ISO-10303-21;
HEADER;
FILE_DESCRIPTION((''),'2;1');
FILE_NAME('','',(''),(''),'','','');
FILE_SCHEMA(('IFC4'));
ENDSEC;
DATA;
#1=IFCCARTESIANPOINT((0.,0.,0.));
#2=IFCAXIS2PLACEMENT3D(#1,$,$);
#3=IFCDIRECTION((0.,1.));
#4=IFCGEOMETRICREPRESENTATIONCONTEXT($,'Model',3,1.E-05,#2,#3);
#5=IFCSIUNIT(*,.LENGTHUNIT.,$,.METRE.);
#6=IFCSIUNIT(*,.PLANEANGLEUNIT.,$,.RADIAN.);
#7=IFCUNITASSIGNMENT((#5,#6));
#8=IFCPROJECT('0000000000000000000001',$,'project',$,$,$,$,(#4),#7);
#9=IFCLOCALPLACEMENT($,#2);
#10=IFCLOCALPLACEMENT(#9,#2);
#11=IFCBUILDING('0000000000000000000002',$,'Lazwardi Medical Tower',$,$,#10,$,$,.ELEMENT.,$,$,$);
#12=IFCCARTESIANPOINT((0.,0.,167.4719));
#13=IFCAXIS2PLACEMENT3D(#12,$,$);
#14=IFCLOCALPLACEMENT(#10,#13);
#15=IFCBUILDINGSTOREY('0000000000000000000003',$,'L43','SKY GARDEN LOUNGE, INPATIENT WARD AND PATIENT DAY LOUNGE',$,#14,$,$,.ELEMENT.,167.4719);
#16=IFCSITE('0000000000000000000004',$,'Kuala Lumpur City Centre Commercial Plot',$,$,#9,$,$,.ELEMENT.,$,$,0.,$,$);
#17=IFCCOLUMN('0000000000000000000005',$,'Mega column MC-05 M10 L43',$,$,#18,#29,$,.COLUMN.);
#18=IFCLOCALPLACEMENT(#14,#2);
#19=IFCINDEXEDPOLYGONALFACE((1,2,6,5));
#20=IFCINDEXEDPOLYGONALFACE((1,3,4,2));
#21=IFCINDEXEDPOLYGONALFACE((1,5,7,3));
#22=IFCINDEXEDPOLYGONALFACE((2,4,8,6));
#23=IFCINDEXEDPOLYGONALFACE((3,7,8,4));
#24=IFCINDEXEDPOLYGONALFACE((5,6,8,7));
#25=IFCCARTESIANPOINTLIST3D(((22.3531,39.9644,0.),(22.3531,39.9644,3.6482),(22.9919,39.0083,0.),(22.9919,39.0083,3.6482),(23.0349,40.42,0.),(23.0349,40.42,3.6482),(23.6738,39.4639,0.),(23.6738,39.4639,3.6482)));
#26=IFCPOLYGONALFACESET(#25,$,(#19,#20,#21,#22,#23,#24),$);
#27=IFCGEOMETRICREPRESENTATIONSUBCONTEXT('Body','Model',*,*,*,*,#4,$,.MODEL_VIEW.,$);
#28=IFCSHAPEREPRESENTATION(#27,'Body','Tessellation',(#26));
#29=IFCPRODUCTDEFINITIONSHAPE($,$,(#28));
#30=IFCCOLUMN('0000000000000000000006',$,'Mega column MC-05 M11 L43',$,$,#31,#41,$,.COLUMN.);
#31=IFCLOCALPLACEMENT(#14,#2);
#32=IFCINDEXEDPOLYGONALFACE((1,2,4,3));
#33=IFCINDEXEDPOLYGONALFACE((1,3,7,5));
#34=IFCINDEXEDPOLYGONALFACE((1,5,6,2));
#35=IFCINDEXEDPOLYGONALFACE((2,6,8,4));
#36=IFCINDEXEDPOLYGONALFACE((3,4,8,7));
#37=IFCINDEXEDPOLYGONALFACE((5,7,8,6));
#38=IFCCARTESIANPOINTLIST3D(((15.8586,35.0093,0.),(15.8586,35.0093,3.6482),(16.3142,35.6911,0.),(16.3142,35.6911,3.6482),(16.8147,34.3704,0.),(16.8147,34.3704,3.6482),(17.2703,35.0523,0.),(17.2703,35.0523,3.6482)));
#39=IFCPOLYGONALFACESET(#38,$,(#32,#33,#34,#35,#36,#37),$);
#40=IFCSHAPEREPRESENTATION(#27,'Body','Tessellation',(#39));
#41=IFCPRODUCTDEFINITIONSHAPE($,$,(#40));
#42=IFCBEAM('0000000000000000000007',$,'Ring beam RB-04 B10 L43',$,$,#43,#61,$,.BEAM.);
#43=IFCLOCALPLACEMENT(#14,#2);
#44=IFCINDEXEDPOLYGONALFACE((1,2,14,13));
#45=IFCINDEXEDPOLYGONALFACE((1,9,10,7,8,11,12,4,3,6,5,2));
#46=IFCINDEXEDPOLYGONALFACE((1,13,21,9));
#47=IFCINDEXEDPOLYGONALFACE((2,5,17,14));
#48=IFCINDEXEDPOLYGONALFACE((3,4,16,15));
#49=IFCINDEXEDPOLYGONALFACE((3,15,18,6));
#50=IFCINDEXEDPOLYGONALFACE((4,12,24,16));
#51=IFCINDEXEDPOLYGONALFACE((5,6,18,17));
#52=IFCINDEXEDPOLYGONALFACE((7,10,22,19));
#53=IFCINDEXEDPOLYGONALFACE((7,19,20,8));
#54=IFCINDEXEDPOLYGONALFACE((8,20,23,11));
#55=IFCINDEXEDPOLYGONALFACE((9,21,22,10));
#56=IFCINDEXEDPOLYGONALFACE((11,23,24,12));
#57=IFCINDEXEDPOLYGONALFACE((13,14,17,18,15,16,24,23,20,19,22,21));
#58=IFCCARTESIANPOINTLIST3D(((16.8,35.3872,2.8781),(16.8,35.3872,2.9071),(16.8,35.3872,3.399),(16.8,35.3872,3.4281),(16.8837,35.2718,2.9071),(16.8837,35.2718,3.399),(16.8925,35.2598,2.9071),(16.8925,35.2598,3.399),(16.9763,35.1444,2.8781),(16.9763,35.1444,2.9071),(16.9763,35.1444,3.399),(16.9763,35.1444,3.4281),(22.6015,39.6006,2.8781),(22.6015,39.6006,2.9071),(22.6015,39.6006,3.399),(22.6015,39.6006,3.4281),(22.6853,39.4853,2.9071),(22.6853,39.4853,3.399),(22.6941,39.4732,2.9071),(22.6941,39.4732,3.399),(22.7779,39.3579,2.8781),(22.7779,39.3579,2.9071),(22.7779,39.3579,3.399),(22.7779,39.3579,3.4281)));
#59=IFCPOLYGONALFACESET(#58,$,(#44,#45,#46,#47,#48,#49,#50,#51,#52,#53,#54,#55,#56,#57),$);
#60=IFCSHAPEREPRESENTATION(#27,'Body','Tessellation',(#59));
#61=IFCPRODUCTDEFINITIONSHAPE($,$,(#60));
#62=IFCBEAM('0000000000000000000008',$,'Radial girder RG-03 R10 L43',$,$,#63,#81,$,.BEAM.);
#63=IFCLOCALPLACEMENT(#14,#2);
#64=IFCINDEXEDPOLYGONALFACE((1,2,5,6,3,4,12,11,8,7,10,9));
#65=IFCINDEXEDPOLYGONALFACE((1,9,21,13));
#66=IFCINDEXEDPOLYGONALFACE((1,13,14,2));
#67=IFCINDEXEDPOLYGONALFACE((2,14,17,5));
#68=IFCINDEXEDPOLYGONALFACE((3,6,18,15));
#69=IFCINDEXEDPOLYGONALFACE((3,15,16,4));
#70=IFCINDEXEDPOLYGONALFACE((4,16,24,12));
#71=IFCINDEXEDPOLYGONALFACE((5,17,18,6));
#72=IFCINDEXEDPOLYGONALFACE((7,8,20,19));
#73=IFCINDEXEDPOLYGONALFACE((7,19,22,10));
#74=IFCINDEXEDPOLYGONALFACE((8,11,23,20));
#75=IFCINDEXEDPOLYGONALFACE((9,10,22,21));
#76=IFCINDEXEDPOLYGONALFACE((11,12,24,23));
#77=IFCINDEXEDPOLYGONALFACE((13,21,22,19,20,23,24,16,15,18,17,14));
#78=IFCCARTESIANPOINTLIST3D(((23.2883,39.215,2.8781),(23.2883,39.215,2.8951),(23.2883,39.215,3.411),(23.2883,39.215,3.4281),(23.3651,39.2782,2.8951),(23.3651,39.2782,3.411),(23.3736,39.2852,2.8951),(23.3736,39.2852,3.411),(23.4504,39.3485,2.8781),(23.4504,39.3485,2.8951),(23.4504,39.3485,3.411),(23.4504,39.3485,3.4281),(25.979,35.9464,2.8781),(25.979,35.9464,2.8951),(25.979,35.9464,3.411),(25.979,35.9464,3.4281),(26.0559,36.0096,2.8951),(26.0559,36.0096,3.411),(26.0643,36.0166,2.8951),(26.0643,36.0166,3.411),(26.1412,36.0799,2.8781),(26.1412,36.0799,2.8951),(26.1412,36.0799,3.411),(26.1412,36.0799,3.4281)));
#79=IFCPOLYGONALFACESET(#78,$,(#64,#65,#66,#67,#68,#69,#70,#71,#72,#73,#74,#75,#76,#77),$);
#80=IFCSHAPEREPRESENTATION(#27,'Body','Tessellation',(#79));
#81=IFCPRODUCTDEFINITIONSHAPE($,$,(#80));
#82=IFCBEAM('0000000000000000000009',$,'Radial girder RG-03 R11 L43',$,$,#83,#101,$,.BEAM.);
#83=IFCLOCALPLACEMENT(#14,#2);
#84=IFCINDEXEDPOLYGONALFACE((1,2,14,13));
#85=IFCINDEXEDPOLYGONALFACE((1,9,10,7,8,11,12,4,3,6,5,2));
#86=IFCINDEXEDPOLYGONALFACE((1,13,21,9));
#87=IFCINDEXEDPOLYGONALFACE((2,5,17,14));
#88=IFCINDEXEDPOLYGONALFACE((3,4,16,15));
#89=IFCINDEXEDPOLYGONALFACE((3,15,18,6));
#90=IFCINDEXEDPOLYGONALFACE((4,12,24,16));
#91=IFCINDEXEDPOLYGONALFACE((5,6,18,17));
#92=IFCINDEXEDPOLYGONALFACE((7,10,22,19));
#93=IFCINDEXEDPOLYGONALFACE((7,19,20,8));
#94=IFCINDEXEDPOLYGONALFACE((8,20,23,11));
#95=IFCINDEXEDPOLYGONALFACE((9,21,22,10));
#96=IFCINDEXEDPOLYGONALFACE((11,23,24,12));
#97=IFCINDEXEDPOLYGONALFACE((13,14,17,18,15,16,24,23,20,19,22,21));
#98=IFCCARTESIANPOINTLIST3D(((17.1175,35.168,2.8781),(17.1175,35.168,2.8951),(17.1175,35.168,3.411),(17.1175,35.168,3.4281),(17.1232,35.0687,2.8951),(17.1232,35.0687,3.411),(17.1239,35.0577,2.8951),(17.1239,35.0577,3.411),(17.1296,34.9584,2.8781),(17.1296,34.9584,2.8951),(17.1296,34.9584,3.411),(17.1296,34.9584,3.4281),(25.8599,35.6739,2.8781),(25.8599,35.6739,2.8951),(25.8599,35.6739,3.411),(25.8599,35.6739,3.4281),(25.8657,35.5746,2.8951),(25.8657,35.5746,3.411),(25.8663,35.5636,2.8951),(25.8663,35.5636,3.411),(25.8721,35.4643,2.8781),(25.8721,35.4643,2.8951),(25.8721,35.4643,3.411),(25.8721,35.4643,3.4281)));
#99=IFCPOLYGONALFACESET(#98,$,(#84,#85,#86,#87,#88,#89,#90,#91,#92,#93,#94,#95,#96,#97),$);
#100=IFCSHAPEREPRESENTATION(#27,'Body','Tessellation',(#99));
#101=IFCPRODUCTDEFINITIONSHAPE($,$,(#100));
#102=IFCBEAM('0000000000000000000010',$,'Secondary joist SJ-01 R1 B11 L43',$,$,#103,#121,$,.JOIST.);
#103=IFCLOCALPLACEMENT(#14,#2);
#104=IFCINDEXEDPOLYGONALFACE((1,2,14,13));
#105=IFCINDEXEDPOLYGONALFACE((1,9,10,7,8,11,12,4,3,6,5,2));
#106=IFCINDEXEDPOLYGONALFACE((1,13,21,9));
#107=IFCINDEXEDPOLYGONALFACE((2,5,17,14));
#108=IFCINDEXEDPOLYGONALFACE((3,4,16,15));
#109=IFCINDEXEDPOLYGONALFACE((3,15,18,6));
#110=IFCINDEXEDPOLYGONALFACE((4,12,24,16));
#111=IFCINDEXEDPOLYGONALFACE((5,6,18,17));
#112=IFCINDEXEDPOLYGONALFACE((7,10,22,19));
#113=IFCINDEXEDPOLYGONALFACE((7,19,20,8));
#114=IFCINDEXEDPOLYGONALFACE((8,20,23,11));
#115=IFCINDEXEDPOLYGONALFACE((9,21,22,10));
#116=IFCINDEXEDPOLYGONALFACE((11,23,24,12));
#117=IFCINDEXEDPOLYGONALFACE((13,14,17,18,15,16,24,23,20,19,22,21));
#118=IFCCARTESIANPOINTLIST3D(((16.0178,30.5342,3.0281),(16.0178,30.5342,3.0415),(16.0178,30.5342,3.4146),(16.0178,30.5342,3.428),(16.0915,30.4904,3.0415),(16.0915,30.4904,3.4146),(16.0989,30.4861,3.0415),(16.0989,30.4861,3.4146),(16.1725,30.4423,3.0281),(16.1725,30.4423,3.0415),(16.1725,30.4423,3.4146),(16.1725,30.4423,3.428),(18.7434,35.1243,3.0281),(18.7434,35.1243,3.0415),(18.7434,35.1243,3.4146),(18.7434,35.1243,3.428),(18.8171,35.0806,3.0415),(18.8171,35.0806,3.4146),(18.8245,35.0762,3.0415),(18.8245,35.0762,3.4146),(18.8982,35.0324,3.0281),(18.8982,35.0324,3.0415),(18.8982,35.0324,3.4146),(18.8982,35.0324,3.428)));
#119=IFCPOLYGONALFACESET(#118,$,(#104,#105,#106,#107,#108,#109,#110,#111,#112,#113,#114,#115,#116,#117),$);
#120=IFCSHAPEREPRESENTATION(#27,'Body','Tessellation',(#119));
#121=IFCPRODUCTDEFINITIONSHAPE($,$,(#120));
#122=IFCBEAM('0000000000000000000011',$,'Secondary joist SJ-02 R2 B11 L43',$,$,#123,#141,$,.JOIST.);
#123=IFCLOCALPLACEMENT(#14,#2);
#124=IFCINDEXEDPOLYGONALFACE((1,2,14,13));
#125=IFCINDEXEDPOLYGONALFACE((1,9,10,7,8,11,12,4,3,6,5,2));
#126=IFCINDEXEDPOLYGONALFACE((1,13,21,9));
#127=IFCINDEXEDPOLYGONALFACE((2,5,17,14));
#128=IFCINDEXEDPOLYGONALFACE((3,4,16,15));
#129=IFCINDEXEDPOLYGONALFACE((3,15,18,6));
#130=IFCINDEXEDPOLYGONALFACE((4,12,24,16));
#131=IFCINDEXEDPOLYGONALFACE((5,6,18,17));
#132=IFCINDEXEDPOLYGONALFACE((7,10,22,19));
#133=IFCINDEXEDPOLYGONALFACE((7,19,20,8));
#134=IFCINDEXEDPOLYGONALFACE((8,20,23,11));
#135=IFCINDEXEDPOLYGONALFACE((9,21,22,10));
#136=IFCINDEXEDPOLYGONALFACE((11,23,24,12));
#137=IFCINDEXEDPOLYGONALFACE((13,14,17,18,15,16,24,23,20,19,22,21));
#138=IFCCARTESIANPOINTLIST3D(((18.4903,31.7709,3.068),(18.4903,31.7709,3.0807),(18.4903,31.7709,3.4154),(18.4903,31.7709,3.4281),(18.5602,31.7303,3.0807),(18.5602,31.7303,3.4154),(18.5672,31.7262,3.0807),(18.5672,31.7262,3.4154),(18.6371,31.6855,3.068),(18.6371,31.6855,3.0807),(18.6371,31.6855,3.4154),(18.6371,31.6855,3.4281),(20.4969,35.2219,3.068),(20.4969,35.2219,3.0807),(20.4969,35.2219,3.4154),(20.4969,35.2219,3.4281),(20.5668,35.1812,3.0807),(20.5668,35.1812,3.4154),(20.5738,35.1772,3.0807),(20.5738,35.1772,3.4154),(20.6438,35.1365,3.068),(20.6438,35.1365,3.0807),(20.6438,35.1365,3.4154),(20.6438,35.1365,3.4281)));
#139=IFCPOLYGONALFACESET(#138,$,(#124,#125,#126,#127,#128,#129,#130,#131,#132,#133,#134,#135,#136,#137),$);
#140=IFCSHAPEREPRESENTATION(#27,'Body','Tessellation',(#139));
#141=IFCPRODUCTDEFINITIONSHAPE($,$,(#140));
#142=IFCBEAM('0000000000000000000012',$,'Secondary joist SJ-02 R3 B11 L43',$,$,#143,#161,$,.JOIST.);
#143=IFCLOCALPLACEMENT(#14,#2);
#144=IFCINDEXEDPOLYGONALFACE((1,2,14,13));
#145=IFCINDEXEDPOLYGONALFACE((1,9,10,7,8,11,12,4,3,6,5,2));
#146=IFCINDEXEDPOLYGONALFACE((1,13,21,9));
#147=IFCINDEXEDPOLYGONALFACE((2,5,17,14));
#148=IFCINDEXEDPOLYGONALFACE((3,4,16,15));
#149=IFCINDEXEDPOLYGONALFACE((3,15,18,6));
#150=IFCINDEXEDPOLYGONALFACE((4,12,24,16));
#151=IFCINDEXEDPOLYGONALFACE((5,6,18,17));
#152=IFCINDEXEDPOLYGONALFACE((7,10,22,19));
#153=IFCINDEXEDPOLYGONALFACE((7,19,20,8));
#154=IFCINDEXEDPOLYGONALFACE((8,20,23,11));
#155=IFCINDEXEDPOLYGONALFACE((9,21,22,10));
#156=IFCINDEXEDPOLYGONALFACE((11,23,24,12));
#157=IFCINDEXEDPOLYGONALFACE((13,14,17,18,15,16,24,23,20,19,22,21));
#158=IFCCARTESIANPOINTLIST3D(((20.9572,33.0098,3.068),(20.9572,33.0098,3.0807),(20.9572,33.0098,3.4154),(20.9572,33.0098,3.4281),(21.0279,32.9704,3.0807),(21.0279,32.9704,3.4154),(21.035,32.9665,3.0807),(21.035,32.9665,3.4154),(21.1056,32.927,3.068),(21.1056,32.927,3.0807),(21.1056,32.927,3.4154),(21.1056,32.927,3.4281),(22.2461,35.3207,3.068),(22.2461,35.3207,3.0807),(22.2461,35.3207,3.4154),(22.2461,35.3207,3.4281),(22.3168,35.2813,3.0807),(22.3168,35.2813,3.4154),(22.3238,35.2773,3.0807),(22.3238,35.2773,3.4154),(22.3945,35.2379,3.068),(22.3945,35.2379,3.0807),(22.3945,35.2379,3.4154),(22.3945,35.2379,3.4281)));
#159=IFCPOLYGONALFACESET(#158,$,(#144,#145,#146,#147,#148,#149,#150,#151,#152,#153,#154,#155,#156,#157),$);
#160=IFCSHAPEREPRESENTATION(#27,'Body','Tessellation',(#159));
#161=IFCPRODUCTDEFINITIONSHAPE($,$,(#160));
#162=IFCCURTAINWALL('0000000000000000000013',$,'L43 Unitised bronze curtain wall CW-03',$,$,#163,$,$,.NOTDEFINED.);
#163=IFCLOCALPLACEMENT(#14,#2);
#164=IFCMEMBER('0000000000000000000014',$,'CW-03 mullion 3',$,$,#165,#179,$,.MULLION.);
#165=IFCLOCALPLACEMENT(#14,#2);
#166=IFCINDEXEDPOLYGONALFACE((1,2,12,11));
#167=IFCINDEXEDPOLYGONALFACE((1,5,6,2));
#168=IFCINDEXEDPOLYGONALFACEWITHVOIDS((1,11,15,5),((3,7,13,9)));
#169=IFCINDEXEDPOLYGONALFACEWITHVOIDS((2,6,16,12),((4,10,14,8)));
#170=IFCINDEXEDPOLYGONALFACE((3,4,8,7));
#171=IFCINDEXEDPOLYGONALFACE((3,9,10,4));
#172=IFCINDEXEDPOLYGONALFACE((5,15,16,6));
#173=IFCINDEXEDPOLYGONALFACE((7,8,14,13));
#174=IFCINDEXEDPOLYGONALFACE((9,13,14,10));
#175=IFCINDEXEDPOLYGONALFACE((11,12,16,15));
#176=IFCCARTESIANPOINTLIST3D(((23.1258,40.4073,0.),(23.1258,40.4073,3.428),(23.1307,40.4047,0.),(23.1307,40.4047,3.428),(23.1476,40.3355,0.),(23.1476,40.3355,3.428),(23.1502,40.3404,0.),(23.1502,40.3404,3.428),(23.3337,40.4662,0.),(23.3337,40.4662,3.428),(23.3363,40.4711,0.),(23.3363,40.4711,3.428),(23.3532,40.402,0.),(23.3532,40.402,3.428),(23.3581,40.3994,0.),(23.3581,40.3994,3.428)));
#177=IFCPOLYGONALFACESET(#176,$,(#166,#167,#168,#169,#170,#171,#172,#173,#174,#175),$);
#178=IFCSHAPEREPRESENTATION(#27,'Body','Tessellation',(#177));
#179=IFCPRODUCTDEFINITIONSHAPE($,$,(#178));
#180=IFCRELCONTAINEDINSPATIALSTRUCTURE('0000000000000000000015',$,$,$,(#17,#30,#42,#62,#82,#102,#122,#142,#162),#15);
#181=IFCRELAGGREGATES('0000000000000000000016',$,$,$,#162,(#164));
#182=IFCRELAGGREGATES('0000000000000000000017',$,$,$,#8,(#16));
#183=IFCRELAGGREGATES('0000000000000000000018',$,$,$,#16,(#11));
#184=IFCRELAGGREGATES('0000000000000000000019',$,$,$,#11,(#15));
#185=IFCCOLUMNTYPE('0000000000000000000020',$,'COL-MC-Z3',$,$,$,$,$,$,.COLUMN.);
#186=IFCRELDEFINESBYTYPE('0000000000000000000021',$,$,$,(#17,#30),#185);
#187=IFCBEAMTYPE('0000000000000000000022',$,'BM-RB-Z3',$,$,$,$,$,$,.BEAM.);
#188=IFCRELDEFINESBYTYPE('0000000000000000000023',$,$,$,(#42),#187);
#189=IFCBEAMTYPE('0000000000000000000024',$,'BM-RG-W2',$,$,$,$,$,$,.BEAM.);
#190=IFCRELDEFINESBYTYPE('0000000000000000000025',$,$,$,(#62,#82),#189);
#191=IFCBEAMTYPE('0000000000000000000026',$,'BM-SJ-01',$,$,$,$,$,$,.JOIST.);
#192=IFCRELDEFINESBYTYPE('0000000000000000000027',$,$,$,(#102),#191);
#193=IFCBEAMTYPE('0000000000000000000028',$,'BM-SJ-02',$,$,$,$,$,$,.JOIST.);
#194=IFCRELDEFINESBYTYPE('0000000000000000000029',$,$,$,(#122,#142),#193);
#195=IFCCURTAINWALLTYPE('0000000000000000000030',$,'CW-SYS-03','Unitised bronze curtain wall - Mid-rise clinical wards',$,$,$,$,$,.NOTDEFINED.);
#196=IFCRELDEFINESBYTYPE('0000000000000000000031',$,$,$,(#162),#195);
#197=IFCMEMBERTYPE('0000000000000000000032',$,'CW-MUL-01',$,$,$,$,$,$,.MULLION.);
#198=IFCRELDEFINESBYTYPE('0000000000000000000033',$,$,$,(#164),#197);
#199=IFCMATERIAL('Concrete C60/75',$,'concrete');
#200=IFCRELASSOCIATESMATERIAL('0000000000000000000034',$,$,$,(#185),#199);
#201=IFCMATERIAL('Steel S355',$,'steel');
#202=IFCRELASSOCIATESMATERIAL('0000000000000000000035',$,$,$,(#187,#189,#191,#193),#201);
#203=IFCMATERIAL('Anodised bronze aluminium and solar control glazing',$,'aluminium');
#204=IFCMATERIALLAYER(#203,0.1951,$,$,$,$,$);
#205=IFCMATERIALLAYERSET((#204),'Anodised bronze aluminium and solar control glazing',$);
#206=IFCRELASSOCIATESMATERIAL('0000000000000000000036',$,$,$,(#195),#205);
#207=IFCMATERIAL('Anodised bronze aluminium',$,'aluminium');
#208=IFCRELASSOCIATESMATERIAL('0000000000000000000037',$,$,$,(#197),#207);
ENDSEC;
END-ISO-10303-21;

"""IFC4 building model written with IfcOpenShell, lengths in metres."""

from ifc_helpers import new_model, si_unit, direction, frame, origin, origin_2d, place, context, subcontext, project, spatial, rectangle, hollow_rectangle, i_section, extrude, material, layer, layer_set, material_profile, profile_set, type_object, element, aggregate, save


model = new_model("IFC4")

# Units and contexts
model_context = context("Model", 3, precision=1e-05, world=origin(), true_north=direction((0.0, 1.0)))
body_context = subcontext(model_context, "Body", "Model", "MODEL_VIEW")
ifc_project = project(units=[si_unit("LENGTHUNIT", "METRE"), si_unit("PLANEANGLEUNIT", "RADIAN")], contexts=[model_context])

# Site, building, storey
site_placement = place(None, origin())
site = spatial("IfcSite", under=ifc_project, at=site_placement, Name="Kuala Lumpur City Centre Commercial Plot", CompositionType="ELEMENT", RefElevation=0.0)
building_placement = place(site_placement, origin())
building = spatial("IfcBuilding", under=site, at=building_placement, Name="Lazwardi Medical Tower", CompositionType="ELEMENT")
storey_placement = place(building_placement, frame((0.0, 0.0, 167.4719)))
storey = spatial("IfcBuildingStorey", under=building, at=storey_placement, Name="L43", Description="SKY GARDEN LOUNGE, INPATIENT WARD AND PATIENT DAY LOUNGE", CompositionType="ELEMENT", Elevation=167.4719)

# Columns
ifc_material_1 = material(Name="Concrete C60/75", Category="concrete")
ifc_material_profile_1 = material_profile(ifc_material_1, rectangle(XDim=1.1499, YDim=0.8201, at=origin_2d()), Name="CFT-RECT 1150x820")
ifc_profile_set_1 = profile_set([ifc_material_profile_1], Name="Concrete C60/75")
column_type = type_object("IfcColumnType", Name="COL-MC-Z3", PredefinedType="COLUMN", material=ifc_profile_set_1)
for number, where, z_axis, x_axis, name in (
    (1, (23.0134, 39.7141, 0.0), (0.0, 0.0, 1.0), (-0.55557, 0.83147, 0.0), "Mega column MC-05 M10 L43"),
    (2, (16.5645, 35.0308, 0.0), (0.0, 0.0, 1.0), (-0.83147, 0.55557, 0.0), "Mega column MC-05 M11 L43"),
):
    element("IfcColumn", number, at=place(storey_placement, frame(where, z_axis=z_axis, x_axis=x_axis)), inside=storey, type_object=column_type, Name=name, PredefinedType="COLUMN", context=body_context, shape_type="SweptSolid", body=[
        extrude(rectangle(XDim=1.1499, YDim=0.8201, at=origin_2d()), origin(), (0.0, 0.0, 1.0), 3.6482),
    ])

# Beams
ifc_material_2 = material(Name="Steel S355", Category="steel")
ifc_material_profile_2 = material_profile(ifc_material_2, i_section(OverallWidth=0.3, OverallDepth=0.55, WebThickness=0.0149, FlangeThickness=0.0291, at=origin_2d()), Name="HEB 550")
ifc_profile_set_2 = profile_set([ifc_material_profile_2], Name="Steel S355")
beam_type_1 = type_object("IfcBeamType", Name="BM-RB-Z3", PredefinedType="BEAM", material=ifc_profile_set_2)
beam_1_placement = place(storey_placement, frame((22.6897, 39.4792, 3.1531), z_axis=(-0.809128, -0.587633, 0.0), x_axis=(0.587633, -0.809128, 0.0)))
element("IfcBeam", 3, at=beam_1_placement, inside=storey, type_object=beam_type_1, Name="Ring beam RB-04 B10 L43", PredefinedType="BEAM", context=body_context, shape_type="SweptSolid", body=[
    extrude(i_section(OverallWidth=0.3, OverallDepth=0.55, WebThickness=0.0149, FlangeThickness=0.0291, at=origin_2d()), origin(), (0.0, 0.0, 1.0), 7.1702),
])
ifc_material_profile_3 = material_profile(ifc_material_2, i_section(OverallWidth=0.21, OverallDepth=0.55, WebThickness=0.011, FlangeThickness=0.0171, at=origin_2d()), Name="IPE 550")
ifc_profile_set_3 = profile_set([ifc_material_profile_3], Name="Steel S355")
beam_type_2 = type_object("IfcBeamType", Name="BM-RG-W2", PredefinedType="BEAM", material=ifc_profile_set_3)
beam_2_placement = place(storey_placement, frame((23.3694, 39.2817, 3.1531), z_axis=(0.635556, -0.772055, 0.0), x_axis=(0.772055, 0.635556, 0.0)))
element("IfcBeam", 4, at=beam_2_placement, inside=storey, type_object=beam_type_2, Name="Radial girder RG-03 R10 L43", PredefinedType="BEAM", context=body_context, shape_type="SweptSolid", body=[
    extrude(i_section(OverallWidth=0.21, OverallDepth=0.55, WebThickness=0.011, FlangeThickness=0.0171, at=origin_2d()), origin(), (0.0, 0.0, 1.0), 4.2336),
])
beam_3_placement = place(storey_placement, frame((17.1235, 35.0632, 3.1531), z_axis=(0.99833, 0.057766, 0.0), x_axis=(-0.057766, 0.99833, 0.0)))
element("IfcBeam", 5, at=beam_3_placement, inside=storey, type_object=beam_type_2, Name="Radial girder RG-03 R11 L43", PredefinedType="BEAM", context=body_context, shape_type="SweptSolid", body=[
    extrude(i_section(OverallWidth=0.21, OverallDepth=0.55, WebThickness=0.011, FlangeThickness=0.0171, at=origin_2d()), origin(), (0.0, 0.0, 1.0), 8.7571),
])
ifc_material_profile_4 = material_profile(ifc_material_2, i_section(OverallWidth=0.1799, OverallDepth=0.3999, WebThickness=0.0085, FlangeThickness=0.0134, at=origin_2d()), Name="IPE 400")
ifc_profile_set_4 = profile_set([ifc_material_profile_4], Name="Steel S355")
beam_type_3 = type_object("IfcBeamType", Name="BM-SJ-01", PredefinedType="JOIST", material=ifc_profile_set_4)
beam_4_placement = place(storey_placement, frame((18.8208, 35.0784, 3.228), z_axis=(-0.510569, -0.859837, 0.0), x_axis=(0.859837, -0.510569, 0.0)))
element("IfcBeam", 6, at=beam_4_placement, inside=storey, type_object=beam_type_3, Name="Secondary joist SJ-01 R1 B11 L43", PredefinedType="JOIST", context=body_context, shape_type="SweptSolid", body=[
    extrude(i_section(OverallWidth=0.1799, OverallDepth=0.3999, WebThickness=0.0085, FlangeThickness=0.0134, at=origin_2d()), origin(), (0.0, 0.0, 1.0), 5.3384),
])
ifc_material_profile_5 = material_profile(ifc_material_2, i_section(OverallWidth=0.1699, OverallDepth=0.3601, WebThickness=0.0081, FlangeThickness=0.0127, at=origin_2d()), Name="IPE 360")
ifc_profile_set_5 = profile_set([ifc_material_profile_5], Name="Steel S355")
beam_type_4 = type_object("IfcBeamType", Name="BM-SJ-02", PredefinedType="JOIST", material=ifc_profile_set_5)
beam_5_placement = place(storey_placement, frame((20.5703, 35.1792, 3.248), z_axis=(-0.502665, -0.864481, 0.0), x_axis=(0.864481, -0.502665, 0.0)))
element("IfcBeam", 7, at=beam_5_placement, inside=storey, type_object=beam_type_4, Name="Secondary joist SJ-02 R2 B11 L43", PredefinedType="JOIST", context=body_context, shape_type="SweptSolid", body=[
    extrude(i_section(OverallWidth=0.1699, OverallDepth=0.3601, WebThickness=0.0081, FlangeThickness=0.0127, at=origin_2d()), origin(), (0.0, 0.0, 1.0), 3.9919),
])
beam_6_placement = place(storey_placement, frame((22.3203, 35.2793, 3.248), z_axis=(-0.487099, -0.873347, 0.0), x_axis=(0.873347, -0.487099, 0.0)))
element("IfcBeam", 8, at=beam_6_placement, inside=storey, type_object=beam_type_4, Name="Secondary joist SJ-02 R3 B11 L43", PredefinedType="JOIST", context=body_context, shape_type="SweptSolid", body=[
    extrude(i_section(OverallWidth=0.1699, OverallDepth=0.3601, WebThickness=0.0081, FlangeThickness=0.0127, at=origin_2d()), origin(), (0.0, 0.0, 1.0), 2.646),
])

# Curtain wall, member
ifc_material_3 = material(Name="Anodised bronze aluminium and solar control glazing", Category="aluminium")
ifc_layer_1 = layer(ifc_material_3, 0.1951)
ifc_layer_set_1 = layer_set([ifc_layer_1], Name="Anodised bronze aluminium and solar control glazing")
curtain_wall_type = type_object("IfcCurtainWallType", Name="CW-SYS-03", Description="Unitised bronze curtain wall - Mid-rise clinical wards", PredefinedType="NOTDEFINED", material=ifc_layer_set_1)
curtain_wall_1_placement = place(storey_placement, origin())
curtain_wall_1 = element("IfcCurtainWall", 9, at=curtain_wall_1_placement, inside=storey, type_object=curtain_wall_type, Name="L43 Unitised bronze curtain wall CW-03", PredefinedType="NOTDEFINED")
ifc_material_4 = material(Name="Anodised bronze aluminium", Category="aluminium")
ifc_material_profile_6 = material_profile(ifc_material_4, hollow_rectangle(XDim=0.075, YDim=0.22, WallThickness=0.0039, at=origin_2d()), Name="ALU-MULLION 220x75x4")
ifc_profile_set_6 = profile_set([ifc_material_profile_6], Name="Anodised bronze aluminium")
member_type_1 = type_object("IfcMemberType", Name="CW-MUL-01", PredefinedType="MULLION", material=ifc_profile_set_6)
member_1_placement = place(storey_placement, frame((23.2419, 40.4033, 0.0), z_axis=(0.0, 0.0, 1.0), x_axis=(0.290281, -0.956942, 0.0)))
member_1 = element("IfcMember", 10, at=member_1_placement, type_object=member_type_1, Name="CW-03 mullion 3", PredefinedType="MULLION", context=body_context, shape_type="SweptSolid", body=[
    extrude(hollow_rectangle(XDim=0.075, YDim=0.22, WallThickness=0.0039, at=origin_2d()), origin(), (0.0, 0.0, 1.0), 3.428),
])
aggregate(curtain_wall_1, [member_1])

save(model, "model.ifc")
